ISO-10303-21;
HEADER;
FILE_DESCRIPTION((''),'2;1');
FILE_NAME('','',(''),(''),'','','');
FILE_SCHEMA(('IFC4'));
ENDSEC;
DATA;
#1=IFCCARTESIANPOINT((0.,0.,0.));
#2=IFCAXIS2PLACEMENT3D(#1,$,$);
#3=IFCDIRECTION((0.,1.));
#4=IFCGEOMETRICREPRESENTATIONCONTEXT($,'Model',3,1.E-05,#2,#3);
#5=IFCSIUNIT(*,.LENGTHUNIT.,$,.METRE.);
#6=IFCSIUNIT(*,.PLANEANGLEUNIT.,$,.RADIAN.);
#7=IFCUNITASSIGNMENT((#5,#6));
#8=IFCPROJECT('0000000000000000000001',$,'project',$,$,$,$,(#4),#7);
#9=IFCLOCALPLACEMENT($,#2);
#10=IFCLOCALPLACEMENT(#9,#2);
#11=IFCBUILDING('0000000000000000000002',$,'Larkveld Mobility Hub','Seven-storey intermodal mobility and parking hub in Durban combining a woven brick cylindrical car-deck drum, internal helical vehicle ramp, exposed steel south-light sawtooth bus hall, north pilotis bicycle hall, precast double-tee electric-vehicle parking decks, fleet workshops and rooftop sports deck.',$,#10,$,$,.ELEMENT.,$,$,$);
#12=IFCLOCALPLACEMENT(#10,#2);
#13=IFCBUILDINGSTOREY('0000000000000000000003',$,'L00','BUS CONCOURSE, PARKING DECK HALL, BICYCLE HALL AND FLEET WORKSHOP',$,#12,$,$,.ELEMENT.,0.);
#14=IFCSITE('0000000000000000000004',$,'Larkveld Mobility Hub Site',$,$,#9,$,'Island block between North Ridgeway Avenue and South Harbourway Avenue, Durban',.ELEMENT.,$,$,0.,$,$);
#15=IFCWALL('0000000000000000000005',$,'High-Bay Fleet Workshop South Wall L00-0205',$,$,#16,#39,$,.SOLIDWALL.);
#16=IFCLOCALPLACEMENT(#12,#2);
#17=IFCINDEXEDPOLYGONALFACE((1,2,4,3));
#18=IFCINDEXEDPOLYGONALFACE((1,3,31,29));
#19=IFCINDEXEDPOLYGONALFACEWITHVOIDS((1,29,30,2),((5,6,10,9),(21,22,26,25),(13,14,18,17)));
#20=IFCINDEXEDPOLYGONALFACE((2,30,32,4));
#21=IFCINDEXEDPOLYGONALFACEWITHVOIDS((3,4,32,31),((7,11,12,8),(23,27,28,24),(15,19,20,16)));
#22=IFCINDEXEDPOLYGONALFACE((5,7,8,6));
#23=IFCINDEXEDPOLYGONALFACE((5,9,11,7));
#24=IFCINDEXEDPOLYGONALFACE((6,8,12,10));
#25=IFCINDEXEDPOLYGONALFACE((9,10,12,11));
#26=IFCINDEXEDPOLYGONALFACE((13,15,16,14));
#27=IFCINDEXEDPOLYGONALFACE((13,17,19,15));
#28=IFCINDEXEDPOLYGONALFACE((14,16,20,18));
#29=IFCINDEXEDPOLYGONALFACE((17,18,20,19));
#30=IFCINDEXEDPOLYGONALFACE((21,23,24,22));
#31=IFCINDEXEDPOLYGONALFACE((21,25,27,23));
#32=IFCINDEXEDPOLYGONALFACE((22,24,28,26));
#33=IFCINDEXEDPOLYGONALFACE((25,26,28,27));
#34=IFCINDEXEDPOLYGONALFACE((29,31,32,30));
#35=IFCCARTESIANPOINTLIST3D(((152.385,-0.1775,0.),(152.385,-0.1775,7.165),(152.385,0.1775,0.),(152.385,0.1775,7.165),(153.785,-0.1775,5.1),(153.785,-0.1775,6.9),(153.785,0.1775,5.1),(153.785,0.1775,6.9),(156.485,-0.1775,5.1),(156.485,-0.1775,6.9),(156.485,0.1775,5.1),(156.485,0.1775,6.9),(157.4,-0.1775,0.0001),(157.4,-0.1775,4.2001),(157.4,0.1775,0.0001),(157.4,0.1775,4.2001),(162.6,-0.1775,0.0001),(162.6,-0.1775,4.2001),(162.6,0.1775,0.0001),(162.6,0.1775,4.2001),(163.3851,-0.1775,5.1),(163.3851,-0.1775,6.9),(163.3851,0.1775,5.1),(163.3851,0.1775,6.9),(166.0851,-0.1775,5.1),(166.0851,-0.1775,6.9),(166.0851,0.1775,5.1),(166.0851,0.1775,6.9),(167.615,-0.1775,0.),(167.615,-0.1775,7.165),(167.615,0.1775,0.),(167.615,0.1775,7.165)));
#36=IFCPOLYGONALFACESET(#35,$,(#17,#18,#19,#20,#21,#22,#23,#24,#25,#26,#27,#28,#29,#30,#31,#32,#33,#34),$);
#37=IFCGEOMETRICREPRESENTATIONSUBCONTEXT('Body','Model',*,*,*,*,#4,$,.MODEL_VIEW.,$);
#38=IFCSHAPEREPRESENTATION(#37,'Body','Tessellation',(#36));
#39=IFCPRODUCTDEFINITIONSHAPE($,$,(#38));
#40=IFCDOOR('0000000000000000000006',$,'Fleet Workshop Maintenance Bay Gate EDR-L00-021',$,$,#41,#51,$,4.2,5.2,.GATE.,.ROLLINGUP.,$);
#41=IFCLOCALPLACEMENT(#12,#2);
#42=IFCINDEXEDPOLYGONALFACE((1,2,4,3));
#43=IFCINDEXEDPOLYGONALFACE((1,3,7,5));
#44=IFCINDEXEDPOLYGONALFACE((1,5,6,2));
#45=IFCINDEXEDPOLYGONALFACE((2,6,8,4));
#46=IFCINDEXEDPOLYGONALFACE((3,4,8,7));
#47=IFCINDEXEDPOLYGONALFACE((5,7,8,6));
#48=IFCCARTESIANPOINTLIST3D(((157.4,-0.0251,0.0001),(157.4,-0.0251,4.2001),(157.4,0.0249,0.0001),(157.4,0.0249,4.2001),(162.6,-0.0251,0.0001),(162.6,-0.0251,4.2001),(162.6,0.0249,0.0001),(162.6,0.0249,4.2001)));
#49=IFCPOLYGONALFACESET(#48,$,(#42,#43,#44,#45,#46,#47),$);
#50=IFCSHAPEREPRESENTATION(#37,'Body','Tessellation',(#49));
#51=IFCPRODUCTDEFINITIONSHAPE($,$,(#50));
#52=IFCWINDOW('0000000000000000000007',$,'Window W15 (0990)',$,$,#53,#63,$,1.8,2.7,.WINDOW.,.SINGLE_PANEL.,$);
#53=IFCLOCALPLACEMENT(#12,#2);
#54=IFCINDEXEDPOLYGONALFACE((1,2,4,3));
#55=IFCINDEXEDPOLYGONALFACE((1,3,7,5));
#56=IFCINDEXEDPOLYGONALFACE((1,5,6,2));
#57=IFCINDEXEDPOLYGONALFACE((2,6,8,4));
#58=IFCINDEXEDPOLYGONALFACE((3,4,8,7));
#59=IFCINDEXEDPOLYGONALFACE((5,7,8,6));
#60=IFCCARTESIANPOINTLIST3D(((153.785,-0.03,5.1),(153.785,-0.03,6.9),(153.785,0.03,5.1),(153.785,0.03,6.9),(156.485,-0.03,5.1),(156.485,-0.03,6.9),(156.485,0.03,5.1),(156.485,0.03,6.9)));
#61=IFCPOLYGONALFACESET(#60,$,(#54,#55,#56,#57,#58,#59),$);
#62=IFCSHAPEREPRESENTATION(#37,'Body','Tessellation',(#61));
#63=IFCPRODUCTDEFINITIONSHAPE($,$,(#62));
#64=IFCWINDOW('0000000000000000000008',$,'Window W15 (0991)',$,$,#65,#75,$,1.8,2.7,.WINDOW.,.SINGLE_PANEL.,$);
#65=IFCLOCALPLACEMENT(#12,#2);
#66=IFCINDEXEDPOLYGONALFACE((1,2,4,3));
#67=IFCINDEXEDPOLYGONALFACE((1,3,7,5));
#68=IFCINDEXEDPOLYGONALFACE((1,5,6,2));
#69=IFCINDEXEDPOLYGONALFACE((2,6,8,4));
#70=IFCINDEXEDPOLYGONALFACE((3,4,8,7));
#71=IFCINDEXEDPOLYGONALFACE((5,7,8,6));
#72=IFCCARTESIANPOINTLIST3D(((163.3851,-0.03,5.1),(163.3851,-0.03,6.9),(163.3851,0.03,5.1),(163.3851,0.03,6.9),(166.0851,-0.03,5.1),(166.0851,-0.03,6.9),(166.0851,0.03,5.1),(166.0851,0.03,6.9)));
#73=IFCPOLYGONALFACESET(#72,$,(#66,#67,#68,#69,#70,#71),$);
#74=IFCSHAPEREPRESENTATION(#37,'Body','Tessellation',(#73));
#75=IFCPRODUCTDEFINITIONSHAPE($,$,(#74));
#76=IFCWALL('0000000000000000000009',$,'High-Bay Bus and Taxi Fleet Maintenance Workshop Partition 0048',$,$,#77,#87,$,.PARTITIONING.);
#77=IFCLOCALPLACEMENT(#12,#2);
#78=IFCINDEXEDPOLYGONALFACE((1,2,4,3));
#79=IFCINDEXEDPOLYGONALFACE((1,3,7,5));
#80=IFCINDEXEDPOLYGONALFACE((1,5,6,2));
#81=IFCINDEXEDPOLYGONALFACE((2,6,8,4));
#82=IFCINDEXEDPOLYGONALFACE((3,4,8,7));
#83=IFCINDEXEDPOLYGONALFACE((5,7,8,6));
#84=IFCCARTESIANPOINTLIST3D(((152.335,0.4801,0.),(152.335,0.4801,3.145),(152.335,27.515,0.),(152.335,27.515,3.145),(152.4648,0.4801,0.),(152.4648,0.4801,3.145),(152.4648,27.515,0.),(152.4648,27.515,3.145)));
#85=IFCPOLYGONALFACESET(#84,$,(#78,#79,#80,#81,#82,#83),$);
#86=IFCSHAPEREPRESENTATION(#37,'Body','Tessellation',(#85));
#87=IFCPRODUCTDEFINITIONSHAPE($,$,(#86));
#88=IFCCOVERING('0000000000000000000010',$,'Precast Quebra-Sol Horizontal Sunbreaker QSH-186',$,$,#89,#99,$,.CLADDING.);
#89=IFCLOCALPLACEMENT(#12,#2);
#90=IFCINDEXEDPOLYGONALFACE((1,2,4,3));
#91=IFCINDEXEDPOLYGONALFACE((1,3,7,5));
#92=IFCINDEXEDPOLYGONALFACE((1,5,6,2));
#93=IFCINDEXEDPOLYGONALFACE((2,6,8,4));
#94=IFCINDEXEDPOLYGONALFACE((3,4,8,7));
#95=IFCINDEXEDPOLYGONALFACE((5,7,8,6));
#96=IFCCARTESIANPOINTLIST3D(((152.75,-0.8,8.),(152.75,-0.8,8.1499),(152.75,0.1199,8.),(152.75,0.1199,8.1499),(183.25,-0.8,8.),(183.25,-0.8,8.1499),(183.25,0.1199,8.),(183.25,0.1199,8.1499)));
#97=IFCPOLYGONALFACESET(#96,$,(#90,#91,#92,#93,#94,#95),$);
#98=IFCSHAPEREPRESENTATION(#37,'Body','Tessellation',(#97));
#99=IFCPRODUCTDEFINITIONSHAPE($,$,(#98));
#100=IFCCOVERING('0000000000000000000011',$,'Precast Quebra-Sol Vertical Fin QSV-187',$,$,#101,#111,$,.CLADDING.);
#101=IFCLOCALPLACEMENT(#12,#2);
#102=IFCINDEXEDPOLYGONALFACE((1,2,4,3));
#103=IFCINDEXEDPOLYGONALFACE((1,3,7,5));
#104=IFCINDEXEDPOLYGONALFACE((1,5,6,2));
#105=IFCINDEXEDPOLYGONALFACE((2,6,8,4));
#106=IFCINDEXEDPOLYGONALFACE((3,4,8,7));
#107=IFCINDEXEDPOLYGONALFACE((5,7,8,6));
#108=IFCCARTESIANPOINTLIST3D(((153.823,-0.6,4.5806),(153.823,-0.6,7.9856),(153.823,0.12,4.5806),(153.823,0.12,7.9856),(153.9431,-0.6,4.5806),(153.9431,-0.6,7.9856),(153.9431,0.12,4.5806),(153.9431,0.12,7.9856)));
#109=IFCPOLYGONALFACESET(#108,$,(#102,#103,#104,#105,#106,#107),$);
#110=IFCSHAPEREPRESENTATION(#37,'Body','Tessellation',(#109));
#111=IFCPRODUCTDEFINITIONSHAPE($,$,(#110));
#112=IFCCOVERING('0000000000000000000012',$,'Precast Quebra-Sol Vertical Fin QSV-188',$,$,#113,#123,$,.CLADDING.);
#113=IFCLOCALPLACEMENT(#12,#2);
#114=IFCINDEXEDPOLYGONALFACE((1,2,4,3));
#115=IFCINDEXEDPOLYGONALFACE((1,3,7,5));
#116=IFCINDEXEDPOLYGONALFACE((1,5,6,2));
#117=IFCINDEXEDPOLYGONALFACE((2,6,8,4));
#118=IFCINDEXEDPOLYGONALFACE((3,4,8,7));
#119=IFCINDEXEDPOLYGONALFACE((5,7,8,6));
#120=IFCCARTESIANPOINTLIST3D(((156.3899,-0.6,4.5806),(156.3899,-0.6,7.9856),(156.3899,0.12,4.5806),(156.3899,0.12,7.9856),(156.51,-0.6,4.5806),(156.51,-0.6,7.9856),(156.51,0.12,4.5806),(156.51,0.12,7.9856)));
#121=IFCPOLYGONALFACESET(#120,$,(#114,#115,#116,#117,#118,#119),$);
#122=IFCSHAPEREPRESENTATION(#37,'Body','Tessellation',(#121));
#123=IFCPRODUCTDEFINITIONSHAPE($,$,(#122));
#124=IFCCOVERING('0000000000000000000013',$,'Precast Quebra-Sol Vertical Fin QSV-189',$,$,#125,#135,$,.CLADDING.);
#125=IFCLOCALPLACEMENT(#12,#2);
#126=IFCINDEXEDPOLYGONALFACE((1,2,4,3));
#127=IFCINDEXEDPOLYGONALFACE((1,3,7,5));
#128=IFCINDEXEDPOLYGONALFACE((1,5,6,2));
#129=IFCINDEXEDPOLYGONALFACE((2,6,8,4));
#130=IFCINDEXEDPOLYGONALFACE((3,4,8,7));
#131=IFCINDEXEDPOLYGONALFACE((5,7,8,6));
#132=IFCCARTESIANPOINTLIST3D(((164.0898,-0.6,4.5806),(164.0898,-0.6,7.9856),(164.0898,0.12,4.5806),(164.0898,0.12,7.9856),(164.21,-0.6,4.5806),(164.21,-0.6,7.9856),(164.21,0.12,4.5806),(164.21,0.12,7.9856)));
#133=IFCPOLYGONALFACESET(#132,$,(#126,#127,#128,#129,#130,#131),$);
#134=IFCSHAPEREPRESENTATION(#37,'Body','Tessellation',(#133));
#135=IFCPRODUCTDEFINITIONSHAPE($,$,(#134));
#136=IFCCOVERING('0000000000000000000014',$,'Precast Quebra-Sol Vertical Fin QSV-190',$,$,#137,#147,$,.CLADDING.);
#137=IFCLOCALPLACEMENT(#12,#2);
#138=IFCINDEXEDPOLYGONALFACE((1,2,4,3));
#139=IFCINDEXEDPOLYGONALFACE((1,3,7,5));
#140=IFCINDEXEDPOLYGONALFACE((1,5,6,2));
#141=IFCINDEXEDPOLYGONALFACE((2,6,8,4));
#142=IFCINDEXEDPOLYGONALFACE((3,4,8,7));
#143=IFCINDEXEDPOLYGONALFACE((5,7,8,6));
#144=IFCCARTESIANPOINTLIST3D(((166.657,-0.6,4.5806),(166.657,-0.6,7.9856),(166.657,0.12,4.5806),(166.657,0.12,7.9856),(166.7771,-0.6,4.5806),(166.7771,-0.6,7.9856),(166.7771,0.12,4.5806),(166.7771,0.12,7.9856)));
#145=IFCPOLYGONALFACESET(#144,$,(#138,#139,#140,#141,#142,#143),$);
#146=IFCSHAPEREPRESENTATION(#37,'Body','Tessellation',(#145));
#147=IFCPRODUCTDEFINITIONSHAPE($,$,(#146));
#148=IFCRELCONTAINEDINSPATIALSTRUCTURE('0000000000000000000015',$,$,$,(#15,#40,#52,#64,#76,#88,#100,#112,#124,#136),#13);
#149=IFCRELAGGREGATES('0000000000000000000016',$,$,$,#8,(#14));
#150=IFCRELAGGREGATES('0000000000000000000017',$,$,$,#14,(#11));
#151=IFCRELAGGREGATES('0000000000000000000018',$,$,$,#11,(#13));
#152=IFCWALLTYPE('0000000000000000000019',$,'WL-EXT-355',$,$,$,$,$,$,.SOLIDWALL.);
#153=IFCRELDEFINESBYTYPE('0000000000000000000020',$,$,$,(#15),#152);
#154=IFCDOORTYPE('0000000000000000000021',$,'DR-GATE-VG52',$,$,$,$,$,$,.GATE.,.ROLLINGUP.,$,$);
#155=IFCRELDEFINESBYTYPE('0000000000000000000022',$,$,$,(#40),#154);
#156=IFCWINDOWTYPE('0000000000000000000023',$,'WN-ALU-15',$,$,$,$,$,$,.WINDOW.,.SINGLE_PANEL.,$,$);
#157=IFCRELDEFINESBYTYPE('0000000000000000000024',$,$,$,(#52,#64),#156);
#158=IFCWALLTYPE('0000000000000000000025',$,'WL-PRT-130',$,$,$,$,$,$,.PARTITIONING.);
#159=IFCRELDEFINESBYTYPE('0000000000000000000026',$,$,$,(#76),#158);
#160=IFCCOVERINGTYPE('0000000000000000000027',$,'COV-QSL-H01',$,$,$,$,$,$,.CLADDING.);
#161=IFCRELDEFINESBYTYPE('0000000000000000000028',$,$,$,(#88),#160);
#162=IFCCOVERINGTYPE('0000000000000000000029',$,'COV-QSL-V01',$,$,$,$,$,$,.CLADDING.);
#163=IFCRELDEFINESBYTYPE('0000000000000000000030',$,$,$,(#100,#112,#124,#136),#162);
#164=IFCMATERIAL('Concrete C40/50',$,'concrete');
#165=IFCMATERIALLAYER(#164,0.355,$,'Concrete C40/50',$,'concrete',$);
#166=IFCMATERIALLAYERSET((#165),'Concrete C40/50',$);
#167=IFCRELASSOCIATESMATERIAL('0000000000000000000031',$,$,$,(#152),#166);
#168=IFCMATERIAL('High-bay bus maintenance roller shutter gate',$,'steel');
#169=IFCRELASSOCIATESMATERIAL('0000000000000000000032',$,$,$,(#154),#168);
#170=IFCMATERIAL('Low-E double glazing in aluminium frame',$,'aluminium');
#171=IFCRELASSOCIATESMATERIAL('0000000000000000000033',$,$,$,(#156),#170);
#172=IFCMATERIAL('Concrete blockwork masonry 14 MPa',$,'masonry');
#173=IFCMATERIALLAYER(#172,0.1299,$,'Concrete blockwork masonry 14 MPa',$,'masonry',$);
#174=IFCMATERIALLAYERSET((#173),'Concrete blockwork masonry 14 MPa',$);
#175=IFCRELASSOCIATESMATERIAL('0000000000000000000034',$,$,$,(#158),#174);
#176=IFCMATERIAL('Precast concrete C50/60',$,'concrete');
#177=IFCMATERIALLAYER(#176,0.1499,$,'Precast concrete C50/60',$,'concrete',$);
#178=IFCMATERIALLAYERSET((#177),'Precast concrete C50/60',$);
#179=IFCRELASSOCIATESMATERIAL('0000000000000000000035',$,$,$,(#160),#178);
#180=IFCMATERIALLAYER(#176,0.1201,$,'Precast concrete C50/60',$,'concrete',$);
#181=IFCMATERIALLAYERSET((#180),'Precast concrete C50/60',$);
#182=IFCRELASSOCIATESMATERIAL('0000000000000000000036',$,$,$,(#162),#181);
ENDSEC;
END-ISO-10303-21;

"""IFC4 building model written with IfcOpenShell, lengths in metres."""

from ifc_helpers import new_model, si_unit, direction, frame, frame_2d, origin, origin_2d, place, context, subcontext, project, spatial, rectangle, extrude, material, layer, layer_set, type_object, element, fill, save


model = new_model("IFC4")

# Units and contexts
model_context = context("Model", 3, precision=1e-05, world=origin(), true_north=direction((0.0, 1.0)))
body_context = subcontext(model_context, "Body", "Model", "MODEL_VIEW")
ifc_project = project(units=[si_unit("LENGTHUNIT", "METRE"), si_unit("PLANEANGLEUNIT", "RADIAN")], contexts=[model_context])

# Site, building, storey
site_placement = place(None, origin())
site = spatial("IfcSite", under=ifc_project, at=site_placement, Name="Larkveld Mobility Hub Site", LongName="Island block between North Ridgeway Avenue and South Harbourway Avenue, Durban", CompositionType="ELEMENT", RefElevation=0.0)
building_placement = place(site_placement, origin())
building = spatial("IfcBuilding", under=site, at=building_placement, Name="Larkveld Mobility Hub", Description="Seven-storey intermodal mobility and parking hub in Durban combining a woven brick cylindrical car-deck drum, internal helical vehicle ramp, exposed steel south-light sawtooth bus hall, north pilotis bicycle hall, precast double-tee electric-vehicle parking decks, fleet workshops and rooftop sports deck.", CompositionType="ELEMENT")
storey_placement = place(building_placement, origin())
storey = spatial("IfcBuildingStorey", under=building, at=storey_placement, Name="L00", Description="BUS CONCOURSE, PARKING DECK HALL, BICYCLE HALL AND FLEET WORKSHOP", CompositionType="ELEMENT", Elevation=0.0)

# Shared definitions
ifc_material_1 = material(Name="Concrete C40/50", Category="concrete")

# Wall, openings, door, windows
ifc_layer_1 = layer(ifc_material_1, 0.355, Name="Concrete C40/50", Category="concrete")
ifc_layer_set_1 = layer_set([ifc_layer_1], Name="Concrete C40/50")
wall_type_1 = type_object("IfcWallType", Name="WL-EXT-355", PredefinedType="SOLIDWALL", material=ifc_layer_set_1)
wall_1_placement = place(storey_placement, frame((152.385, 0.0, 0.0), z_axis=(0.0, 0.0, 1.0), x_axis=(1.0, 0.0, 0.0)))
wall_1 = element("IfcWall", 1, at=wall_1_placement, inside=storey, type_object=wall_type_1, Name="High-Bay Fleet Workshop South Wall L00-0205", PredefinedType="SOLIDWALL", context=body_context, shape_type="SweptSolid", body=[
    extrude(rectangle(XDim=15.23, YDim=0.355, at=frame_2d((7.615, 0.0))), origin(), (0.0, 0.0, 1.0), 7.165),
])
opening_1_placement = place(wall_1_placement, frame((5.0149, 0.0, 0.0)))
opening_1 = element("IfcOpeningElement", 2, at=opening_1_placement, cuts=wall_1, PredefinedType="OPENING", context=body_context, shape_type="SweptSolid", body=[
    extrude(rectangle(XDim=5.2, YDim=4.2, at=frame_2d((2.6001, 2.1001))), frame((0.0, 0.1875, 0.0), z_axis=(0.0, -1.0, 0.0), x_axis=(1.0, 0.0, 0.0)), (0.0, 0.0, 1.0), 0.375),
])
opening_2_placement = place(wall_1_placement, frame((1.3999, 0.0, 5.1001)))
opening_2 = element("IfcOpeningElement", 3, at=opening_2_placement, cuts=wall_1, PredefinedType="OPENING", context=body_context, shape_type="SweptSolid", body=[
    extrude(rectangle(XDim=2.7, YDim=1.8, at=frame_2d((1.3501, 0.8999))), frame((0.0, 0.1875, 0.0), z_axis=(0.0, -1.0, 0.0), x_axis=(1.0, 0.0, 0.0)), (0.0, 0.0, 1.0), 0.375),
])
opening_3_placement = place(wall_1_placement, frame((11.0, 0.0, 5.1001)))
opening_3 = element("IfcOpeningElement", 4, at=opening_3_placement, cuts=wall_1, PredefinedType="OPENING", context=body_context, shape_type="SweptSolid", body=[
    extrude(rectangle(XDim=2.7, YDim=1.8, at=frame_2d((1.3501, 0.8999))), frame((0.0, 0.1875, 0.0), z_axis=(0.0, -1.0, 0.0), x_axis=(1.0, 0.0, 0.0)), (0.0, 0.0, 1.0), 0.375),
])
ifc_material_2 = material(Name="High-bay bus maintenance roller shutter gate", Category="steel")
door_type = type_object("IfcDoorType", Name="DR-GATE-VG52", OperationType="ROLLINGUP", PredefinedType="GATE", material=ifc_material_2)
door_placement = place(opening_1_placement, origin())
door = element("IfcDoor", 5, at=door_placement, inside=storey, type_object=door_type, Name="Fleet Workshop Maintenance Bay Gate EDR-L00-021", OperationType="ROLLINGUP", OverallHeight=4.2, OverallWidth=5.2, PredefinedType="GATE", context=body_context, shape_type="SweptSolid", body=[
    extrude(rectangle(XDim=5.2, YDim=4.2, at=frame_2d((2.6001, 2.1001))), frame((0.0, 0.0249, 0.0), z_axis=(0.0, -1.0, 0.0), x_axis=(1.0, 0.0, 0.0)), (0.0, 0.0, 1.0), 0.05),
])
fill(opening_1, door)
ifc_material_3 = material(Name="Low-E double glazing in aluminium frame", Category="aluminium")
window_type = type_object("IfcWindowType", Name="WN-ALU-15", PartitioningType="SINGLE_PANEL", PredefinedType="WINDOW", material=ifc_material_3)
window_1_placement = place(opening_2_placement, origin())
window_1 = element("IfcWindow", 6, at=window_1_placement, inside=storey, type_object=window_type, Name="Window W15 (0990)", OverallHeight=1.8, OverallWidth=2.7, PartitioningType="SINGLE_PANEL", PredefinedType="WINDOW", context=body_context, shape_type="SweptSolid", body=[
    extrude(rectangle(XDim=2.7, YDim=1.8, at=frame_2d((1.3501, 0.8999))), frame((0.0, 0.03, 0.0), z_axis=(0.0, -1.0, 0.0), x_axis=(1.0, 0.0, 0.0)), (0.0, 0.0, 1.0), 0.0601),
])
fill(opening_2, window_1)
window_2_placement = place(opening_3_placement, origin())
window_2 = element("IfcWindow", 7, at=window_2_placement, inside=storey, type_object=window_type, Name="Window W15 (0991)", OverallHeight=1.8, OverallWidth=2.7, PartitioningType="SINGLE_PANEL", PredefinedType="WINDOW", context=body_context, shape_type="SweptSolid", body=[
    extrude(rectangle(XDim=2.7, YDim=1.8, at=frame_2d((1.3501, 0.8999))), frame((0.0, 0.03, 0.0), z_axis=(0.0, -1.0, 0.0), x_axis=(1.0, 0.0, 0.0)), (0.0, 0.0, 1.0), 0.0601),
])
fill(opening_3, window_2)

# Wall
ifc_material_4 = material(Name="Concrete blockwork masonry 14 MPa", Category="masonry")
ifc_layer_2 = layer(ifc_material_4, 0.1299, Name="Concrete blockwork masonry 14 MPa", Category="masonry")
ifc_layer_set_2 = layer_set([ifc_layer_2], Name="Concrete blockwork masonry 14 MPa")
wall_type_2 = type_object("IfcWallType", Name="WL-PRT-130", PredefinedType="PARTITIONING", material=ifc_layer_set_2)
wall_2_placement = place(storey_placement, frame((152.3999, 0.48, 0.0), z_axis=(0.0, 0.0, 1.0), x_axis=(0.0, 1.0, 0.0)))
element("IfcWall", 8, at=wall_2_placement, inside=storey, type_object=wall_type_2, Name="High-Bay Bus and Taxi Fleet Maintenance Workshop Partition 0048", PredefinedType="PARTITIONING", context=body_context, shape_type="SweptSolid", body=[
    extrude(rectangle(XDim=27.0349, YDim=0.1299, at=frame_2d((13.5176, 0.0))), origin(), (0.0, 0.0, 1.0), 3.145),
])

# Coverings
ifc_material_5 = material(Name="Precast concrete C50/60", Category="concrete")
ifc_layer_3 = layer(ifc_material_5, 0.1499, Name="Precast concrete C50/60", Category="concrete")
ifc_layer_set_3 = layer_set([ifc_layer_3], Name="Precast concrete C50/60")
covering_type_1 = type_object("IfcCoveringType", Name="COV-QSL-H01", PredefinedType="CLADDING", material=ifc_layer_set_3)
covering_placement = place(storey_placement, frame((168.0, -0.3401, 8.0), z_axis=(0.0, 0.0, 1.0), x_axis=(1.0, 0.0, 0.0)))
element("IfcCovering", 9, at=covering_placement, inside=storey, type_object=covering_type_1, Name="Precast Quebra-Sol Horizontal Sunbreaker QSH-186", PredefinedType="CLADDING", context=body_context, shape_type="SweptSolid", body=[
    extrude(rectangle(XDim=30.5, YDim=0.9199, at=origin_2d()), origin(), (0.0, 0.0, 1.0), 0.1499),
])
ifc_layer_4 = layer(ifc_material_5, 0.1201, Name="Precast concrete C50/60", Category="concrete")
ifc_layer_set_4 = layer_set([ifc_layer_4], Name="Precast concrete C50/60")
covering_type_2 = type_object("IfcCoveringType", Name="COV-QSL-V01", PredefinedType="CLADDING", material=ifc_layer_set_4)
for number, where, z_axis, x_axis, name in (
    (10, (153.8831, -0.24, 4.5806), (0.0, 0.0, 1.0), (1.0, 0.0, 0.0), "Precast Quebra-Sol Vertical Fin QSV-187"),
    (11, (156.45, -0.24, 4.5806), (0.0, 0.0, 1.0), (1.0, 0.0, 0.0), "Precast Quebra-Sol Vertical Fin QSV-188"),
    (12, (164.1499, -0.24, 4.5806), (0.0, 0.0, 1.0), (1.0, 0.0, 0.0), "Precast Quebra-Sol Vertical Fin QSV-189"),
    (13, (166.717, -0.24, 4.5806), (0.0, 0.0, 1.0), (1.0, 0.0, 0.0), "Precast Quebra-Sol Vertical Fin QSV-190"),
):
    element("IfcCovering", number, at=place(storey_placement, frame(where, z_axis=z_axis, x_axis=x_axis)), inside=storey, type_object=covering_type_2, Name=name, PredefinedType="CLADDING", context=body_context, shape_type="SweptSolid", body=[
        extrude(rectangle(XDim=0.1201, YDim=0.72, at=origin_2d()), origin(), (0.0, 0.0, 1.0), 3.405),
    ])

save(model, "model.ifc")
